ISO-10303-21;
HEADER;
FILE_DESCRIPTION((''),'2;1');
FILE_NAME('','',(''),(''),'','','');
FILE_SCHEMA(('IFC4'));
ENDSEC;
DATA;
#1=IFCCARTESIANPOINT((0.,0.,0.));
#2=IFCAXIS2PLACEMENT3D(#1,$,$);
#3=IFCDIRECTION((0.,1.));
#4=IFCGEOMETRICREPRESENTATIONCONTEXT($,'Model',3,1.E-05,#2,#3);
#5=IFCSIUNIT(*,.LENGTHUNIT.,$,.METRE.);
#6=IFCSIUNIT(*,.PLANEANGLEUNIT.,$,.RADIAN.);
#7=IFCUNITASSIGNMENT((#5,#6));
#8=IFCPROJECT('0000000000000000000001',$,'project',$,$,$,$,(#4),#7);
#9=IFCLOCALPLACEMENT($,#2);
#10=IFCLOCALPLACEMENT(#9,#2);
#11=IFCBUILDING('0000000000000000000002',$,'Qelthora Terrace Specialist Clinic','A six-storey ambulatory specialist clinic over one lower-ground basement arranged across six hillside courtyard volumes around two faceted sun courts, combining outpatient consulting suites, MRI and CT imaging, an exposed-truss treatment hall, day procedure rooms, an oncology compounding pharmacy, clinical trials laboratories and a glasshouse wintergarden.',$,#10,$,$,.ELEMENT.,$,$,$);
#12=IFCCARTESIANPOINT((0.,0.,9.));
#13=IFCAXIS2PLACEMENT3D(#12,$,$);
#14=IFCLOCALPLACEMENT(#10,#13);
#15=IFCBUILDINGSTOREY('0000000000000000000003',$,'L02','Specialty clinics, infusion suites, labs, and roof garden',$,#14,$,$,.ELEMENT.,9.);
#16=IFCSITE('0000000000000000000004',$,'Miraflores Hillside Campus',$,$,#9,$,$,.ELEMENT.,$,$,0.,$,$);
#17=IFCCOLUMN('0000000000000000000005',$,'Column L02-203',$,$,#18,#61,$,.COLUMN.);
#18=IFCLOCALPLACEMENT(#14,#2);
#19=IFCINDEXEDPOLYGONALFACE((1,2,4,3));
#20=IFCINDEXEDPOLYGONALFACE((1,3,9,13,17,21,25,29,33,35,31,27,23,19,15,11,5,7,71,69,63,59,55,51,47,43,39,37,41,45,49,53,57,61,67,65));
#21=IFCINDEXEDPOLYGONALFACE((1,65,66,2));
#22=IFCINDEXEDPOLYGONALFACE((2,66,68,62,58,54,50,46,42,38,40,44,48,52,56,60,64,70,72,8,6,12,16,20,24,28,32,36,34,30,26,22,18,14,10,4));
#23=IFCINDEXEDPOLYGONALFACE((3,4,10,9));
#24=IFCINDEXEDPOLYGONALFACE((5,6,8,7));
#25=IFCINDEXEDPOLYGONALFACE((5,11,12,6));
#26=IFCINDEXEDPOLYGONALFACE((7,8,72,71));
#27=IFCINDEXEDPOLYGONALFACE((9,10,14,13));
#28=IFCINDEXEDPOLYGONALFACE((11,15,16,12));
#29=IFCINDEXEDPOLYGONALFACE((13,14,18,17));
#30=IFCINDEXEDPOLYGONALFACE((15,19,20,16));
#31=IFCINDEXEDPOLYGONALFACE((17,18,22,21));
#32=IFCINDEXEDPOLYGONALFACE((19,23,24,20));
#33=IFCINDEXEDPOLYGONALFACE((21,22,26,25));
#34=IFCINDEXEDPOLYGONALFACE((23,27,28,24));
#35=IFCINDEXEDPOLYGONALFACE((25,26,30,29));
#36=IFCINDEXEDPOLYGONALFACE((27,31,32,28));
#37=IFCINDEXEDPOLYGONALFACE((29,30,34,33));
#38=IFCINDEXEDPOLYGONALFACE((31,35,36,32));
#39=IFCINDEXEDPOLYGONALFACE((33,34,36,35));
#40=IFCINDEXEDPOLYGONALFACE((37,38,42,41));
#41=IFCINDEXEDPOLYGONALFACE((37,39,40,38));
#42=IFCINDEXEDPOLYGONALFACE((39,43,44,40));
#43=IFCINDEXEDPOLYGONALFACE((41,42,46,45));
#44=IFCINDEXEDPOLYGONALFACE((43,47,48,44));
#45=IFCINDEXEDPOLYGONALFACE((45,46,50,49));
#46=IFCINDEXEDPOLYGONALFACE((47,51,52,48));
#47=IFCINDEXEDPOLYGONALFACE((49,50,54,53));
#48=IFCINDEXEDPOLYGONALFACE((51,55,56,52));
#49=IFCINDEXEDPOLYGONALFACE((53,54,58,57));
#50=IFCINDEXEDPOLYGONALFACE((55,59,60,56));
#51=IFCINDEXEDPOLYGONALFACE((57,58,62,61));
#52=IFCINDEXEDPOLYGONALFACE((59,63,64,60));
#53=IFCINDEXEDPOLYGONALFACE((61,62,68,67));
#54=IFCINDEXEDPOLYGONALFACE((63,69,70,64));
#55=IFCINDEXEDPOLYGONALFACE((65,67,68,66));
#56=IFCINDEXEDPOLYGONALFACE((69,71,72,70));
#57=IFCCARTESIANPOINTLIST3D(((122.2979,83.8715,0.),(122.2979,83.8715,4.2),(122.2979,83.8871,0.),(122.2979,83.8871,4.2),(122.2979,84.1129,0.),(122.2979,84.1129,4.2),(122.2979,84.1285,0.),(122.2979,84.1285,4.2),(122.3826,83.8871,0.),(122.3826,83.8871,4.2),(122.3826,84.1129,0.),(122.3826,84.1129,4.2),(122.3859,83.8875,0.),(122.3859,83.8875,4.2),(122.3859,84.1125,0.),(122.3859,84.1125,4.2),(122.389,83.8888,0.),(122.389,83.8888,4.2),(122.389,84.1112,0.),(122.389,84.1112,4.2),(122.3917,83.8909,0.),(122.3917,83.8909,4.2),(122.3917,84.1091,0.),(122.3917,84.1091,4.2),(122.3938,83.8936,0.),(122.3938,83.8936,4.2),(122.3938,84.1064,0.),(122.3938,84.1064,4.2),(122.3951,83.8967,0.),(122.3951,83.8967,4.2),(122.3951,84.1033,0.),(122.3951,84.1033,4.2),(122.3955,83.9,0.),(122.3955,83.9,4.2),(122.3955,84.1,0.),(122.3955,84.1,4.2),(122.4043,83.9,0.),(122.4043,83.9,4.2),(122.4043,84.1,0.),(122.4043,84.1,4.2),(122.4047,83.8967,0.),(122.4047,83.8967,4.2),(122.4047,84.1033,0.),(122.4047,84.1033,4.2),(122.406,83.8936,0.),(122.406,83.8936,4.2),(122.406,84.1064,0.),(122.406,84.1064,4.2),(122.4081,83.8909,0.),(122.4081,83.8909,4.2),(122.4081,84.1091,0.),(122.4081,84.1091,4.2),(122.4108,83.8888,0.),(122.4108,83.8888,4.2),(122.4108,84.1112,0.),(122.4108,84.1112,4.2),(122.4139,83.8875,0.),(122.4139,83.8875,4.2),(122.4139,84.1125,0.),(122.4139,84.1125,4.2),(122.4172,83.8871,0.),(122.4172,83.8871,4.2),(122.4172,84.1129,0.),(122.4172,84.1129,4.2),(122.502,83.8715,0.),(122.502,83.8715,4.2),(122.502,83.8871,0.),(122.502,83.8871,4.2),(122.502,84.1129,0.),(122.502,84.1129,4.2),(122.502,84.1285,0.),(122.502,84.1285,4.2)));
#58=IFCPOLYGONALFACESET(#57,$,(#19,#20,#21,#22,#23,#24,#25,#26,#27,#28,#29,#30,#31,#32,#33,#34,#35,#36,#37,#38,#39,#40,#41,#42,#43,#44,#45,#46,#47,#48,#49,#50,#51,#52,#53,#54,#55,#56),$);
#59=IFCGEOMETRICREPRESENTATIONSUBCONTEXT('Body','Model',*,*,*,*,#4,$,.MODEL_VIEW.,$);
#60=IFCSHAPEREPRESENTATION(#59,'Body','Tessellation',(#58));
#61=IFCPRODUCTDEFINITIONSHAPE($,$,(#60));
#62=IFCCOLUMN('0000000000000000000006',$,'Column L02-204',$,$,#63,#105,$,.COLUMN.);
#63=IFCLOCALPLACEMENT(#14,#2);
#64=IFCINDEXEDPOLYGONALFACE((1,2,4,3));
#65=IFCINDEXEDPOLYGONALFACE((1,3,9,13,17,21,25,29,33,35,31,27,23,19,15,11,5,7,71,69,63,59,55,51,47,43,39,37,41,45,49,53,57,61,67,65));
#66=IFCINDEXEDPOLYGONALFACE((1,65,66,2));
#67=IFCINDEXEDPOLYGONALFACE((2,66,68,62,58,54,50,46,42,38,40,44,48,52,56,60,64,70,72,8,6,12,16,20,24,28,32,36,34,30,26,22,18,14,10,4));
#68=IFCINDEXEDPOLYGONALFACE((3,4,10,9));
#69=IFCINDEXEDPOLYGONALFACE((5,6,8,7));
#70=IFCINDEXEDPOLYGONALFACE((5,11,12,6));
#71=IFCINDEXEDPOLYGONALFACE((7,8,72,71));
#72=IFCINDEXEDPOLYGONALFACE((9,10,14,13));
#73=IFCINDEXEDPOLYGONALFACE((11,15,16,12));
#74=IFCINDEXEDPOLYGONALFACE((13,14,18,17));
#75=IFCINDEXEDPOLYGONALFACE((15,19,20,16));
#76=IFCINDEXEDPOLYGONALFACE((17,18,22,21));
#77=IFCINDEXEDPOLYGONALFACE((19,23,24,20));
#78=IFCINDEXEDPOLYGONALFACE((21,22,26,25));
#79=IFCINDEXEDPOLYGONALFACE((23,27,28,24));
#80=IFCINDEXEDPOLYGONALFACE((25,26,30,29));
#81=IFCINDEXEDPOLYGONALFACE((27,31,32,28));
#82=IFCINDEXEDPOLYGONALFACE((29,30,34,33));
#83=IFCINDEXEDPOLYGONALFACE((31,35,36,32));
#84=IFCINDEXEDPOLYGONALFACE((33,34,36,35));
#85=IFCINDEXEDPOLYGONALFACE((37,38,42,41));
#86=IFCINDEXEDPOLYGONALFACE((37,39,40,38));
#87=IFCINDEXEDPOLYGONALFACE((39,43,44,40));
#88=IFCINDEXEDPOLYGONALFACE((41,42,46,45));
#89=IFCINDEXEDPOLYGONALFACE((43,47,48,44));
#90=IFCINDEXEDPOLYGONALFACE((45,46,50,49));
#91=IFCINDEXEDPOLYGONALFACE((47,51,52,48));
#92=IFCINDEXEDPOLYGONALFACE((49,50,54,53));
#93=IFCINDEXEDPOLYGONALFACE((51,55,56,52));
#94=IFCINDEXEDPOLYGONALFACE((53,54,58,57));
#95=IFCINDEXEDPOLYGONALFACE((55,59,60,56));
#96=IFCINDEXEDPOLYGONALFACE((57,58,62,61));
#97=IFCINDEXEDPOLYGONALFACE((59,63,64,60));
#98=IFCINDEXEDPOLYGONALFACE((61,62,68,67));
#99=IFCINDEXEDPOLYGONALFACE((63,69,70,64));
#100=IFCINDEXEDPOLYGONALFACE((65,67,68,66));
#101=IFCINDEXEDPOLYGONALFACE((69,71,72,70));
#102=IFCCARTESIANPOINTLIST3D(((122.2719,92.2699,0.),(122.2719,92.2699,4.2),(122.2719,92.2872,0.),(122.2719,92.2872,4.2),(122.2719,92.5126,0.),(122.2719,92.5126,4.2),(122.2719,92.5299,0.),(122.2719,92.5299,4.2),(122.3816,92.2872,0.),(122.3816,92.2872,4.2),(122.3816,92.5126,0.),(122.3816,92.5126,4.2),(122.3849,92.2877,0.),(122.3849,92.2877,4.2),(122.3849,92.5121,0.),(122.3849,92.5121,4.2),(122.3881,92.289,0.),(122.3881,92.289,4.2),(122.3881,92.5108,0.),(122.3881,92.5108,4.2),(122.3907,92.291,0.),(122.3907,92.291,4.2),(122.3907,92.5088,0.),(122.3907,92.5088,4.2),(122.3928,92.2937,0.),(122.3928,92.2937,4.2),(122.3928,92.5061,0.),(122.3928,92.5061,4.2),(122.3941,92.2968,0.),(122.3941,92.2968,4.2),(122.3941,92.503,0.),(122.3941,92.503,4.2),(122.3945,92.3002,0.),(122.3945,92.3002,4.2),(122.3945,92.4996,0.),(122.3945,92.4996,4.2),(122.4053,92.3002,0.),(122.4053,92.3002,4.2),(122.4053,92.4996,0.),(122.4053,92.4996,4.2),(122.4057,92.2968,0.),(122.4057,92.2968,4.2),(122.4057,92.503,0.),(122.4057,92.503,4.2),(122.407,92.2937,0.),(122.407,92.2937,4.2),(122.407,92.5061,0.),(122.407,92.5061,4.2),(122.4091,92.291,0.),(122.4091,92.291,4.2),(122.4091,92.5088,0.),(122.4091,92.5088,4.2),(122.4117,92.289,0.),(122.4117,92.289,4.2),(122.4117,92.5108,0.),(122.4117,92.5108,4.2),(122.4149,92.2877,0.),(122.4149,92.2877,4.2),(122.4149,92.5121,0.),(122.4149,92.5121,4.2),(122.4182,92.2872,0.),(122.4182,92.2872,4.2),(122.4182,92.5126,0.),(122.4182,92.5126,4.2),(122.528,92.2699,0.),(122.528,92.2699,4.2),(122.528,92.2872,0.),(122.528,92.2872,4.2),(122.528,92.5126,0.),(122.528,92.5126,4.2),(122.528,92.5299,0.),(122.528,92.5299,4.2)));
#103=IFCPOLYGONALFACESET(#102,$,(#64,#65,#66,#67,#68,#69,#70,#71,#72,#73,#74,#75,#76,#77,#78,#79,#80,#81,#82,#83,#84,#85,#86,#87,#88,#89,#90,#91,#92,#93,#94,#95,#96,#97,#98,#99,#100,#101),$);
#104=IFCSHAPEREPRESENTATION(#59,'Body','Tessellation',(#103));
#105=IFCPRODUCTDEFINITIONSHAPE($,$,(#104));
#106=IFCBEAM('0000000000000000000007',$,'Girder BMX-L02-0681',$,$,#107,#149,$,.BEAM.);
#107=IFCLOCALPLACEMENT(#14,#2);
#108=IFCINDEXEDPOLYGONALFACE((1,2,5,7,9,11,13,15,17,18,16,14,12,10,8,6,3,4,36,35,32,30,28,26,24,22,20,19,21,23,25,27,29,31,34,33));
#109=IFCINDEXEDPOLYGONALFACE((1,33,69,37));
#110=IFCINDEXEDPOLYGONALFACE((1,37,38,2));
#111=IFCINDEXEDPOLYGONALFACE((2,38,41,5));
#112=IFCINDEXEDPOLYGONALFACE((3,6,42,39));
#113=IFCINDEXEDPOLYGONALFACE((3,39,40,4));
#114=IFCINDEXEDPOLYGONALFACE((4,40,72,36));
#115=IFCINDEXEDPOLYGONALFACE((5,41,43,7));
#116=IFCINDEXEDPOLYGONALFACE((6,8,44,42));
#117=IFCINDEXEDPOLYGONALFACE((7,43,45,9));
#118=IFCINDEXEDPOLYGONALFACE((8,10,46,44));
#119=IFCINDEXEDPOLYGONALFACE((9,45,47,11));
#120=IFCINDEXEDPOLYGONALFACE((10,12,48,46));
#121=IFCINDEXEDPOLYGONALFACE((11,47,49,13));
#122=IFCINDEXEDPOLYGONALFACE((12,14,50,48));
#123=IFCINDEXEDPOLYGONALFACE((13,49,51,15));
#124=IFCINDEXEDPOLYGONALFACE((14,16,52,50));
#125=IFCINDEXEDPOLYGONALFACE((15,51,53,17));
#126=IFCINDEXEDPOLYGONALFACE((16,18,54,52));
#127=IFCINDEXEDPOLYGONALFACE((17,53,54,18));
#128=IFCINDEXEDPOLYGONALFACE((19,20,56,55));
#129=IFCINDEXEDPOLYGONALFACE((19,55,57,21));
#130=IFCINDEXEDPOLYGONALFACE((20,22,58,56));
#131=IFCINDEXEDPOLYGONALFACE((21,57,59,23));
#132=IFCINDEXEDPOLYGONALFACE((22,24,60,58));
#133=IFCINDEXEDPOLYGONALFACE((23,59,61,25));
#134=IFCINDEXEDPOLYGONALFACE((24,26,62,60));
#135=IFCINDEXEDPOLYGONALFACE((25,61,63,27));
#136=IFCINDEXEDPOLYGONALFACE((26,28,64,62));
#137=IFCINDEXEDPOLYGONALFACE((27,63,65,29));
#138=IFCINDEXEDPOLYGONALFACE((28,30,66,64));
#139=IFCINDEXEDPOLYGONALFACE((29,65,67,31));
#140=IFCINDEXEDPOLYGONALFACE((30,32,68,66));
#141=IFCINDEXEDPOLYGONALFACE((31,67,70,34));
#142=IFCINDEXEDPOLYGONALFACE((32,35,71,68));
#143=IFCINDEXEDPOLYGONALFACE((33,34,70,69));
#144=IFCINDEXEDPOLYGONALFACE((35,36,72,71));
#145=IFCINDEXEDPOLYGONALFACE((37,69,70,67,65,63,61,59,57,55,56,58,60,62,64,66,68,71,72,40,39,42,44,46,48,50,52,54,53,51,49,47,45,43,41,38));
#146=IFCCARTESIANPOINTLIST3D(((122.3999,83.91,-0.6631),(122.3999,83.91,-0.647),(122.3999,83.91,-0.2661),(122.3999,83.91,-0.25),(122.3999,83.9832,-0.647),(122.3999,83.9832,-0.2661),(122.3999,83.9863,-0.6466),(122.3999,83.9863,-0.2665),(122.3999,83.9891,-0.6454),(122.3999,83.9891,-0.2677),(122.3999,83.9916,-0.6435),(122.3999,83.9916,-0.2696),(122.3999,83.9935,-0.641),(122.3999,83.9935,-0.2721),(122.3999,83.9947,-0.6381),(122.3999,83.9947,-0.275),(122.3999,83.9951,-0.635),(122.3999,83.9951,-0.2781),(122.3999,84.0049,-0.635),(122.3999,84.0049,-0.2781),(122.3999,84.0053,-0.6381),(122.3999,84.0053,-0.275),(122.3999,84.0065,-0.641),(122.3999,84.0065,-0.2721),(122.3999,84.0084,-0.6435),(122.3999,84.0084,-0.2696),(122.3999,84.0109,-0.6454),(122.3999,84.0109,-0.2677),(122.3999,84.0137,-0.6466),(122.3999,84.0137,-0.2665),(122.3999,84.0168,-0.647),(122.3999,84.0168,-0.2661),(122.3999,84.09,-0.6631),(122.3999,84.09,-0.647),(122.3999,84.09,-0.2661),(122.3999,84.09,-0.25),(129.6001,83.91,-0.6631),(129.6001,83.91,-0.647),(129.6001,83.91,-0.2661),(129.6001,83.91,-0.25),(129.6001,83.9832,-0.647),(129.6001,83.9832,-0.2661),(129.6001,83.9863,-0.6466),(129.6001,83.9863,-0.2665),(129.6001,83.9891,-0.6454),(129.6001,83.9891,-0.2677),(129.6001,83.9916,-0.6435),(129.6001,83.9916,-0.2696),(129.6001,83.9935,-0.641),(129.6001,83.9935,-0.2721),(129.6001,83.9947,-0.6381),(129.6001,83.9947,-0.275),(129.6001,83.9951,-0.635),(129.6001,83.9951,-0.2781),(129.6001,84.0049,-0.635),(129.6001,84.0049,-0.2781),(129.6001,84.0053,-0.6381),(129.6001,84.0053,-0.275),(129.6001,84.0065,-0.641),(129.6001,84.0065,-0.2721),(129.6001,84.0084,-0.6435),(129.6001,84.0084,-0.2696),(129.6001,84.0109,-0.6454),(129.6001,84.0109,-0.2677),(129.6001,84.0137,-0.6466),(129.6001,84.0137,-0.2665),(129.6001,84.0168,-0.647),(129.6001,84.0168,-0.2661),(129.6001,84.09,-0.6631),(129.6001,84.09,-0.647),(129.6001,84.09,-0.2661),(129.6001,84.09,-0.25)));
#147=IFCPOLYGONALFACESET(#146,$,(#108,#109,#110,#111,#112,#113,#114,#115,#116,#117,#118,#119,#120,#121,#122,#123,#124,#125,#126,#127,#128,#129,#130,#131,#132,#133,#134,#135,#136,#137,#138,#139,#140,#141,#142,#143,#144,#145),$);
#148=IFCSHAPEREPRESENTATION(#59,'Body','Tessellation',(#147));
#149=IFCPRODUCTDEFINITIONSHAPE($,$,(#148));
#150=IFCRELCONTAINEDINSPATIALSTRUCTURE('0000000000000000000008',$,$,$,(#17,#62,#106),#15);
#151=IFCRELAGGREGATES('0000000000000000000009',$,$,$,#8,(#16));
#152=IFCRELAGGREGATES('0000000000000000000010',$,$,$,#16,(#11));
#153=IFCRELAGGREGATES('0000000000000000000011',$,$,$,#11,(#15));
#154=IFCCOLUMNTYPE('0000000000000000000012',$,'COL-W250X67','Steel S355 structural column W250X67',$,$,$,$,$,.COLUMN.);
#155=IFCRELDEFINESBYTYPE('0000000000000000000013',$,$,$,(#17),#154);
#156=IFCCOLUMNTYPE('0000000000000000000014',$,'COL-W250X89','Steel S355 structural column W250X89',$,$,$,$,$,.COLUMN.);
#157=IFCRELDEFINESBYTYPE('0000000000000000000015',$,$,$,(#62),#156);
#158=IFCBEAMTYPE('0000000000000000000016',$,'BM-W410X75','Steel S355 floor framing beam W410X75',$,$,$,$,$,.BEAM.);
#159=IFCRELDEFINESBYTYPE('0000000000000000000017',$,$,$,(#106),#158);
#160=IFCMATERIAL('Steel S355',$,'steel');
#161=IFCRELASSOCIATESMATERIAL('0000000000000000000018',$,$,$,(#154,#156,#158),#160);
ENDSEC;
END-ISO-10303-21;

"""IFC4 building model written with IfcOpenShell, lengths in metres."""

from ifc_helpers import new_model, si_unit, direction, frame, origin, origin_2d, place, context, subcontext, project, spatial, i_section, extrude, material, material_profile, profile_set, type_object, element, save


model = new_model("IFC4")

# Units and contexts
model_context = context("Model", 3, precision=1e-05, world=origin(), true_north=direction((0.0, 1.0)))
body_context = subcontext(model_context, "Body", "Model", "MODEL_VIEW")
ifc_project = project(units=[si_unit("LENGTHUNIT", "METRE"), si_unit("PLANEANGLEUNIT", "RADIAN")], contexts=[model_context])

# Site, building, storey
site_placement = place(None, origin())
site = spatial("IfcSite", under=ifc_project, at=site_placement, Name="Miraflores Hillside Campus", CompositionType="ELEMENT", RefElevation=0.0)
building_placement = place(site_placement, origin())
building = spatial("IfcBuilding", under=site, at=building_placement, Name="Qelthora Terrace Specialist Clinic", Description="A six-storey ambulatory specialist clinic over one lower-ground basement arranged across six hillside courtyard volumes around two faceted sun courts, combining outpatient consulting suites, MRI and CT imaging, an exposed-truss treatment hall, day procedure rooms, an oncology compounding pharmacy, clinical trials laboratories and a glasshouse wintergarden.", CompositionType="ELEMENT")
storey_placement = place(building_placement, frame((0.0, 0.0, 9.0)))
storey = spatial("IfcBuildingStorey", under=building, at=storey_placement, Name="L02", Description="Specialty clinics, infusion suites, labs, and roof garden", CompositionType="ELEMENT", Elevation=9.0)

# Columns
ifc_material_1 = material(Name="Steel S355", Category="steel")
ifc_material_profile_1 = material_profile(ifc_material_1, i_section(OverallWidth=0.2041, OverallDepth=0.2571, WebThickness=0.0088, FlangeThickness=0.0156, FilletRadius=0.0129, at=origin_2d()), Name="W250X67")
ifc_profile_set_1 = profile_set([ifc_material_profile_1], Name="Steel S355")
column_type_1 = type_object("IfcColumnType", Name="COL-W250X67", Description="Steel S355 structural column W250X67", PredefinedType="COLUMN", material=ifc_profile_set_1)
column_1_placement = place(storey_placement, frame((122.3999, 84.0, 0.0), z_axis=(0.0, 0.0, 1.0), x_axis=(1.0, 0.0, 0.0)))
element("IfcColumn", 1, at=column_1_placement, inside=storey, type_object=column_type_1, Name="Column L02-203", PredefinedType="COLUMN", context=body_context, shape_type="SweptSolid", body=[
    extrude(i_section(OverallWidth=0.2041, OverallDepth=0.2571, WebThickness=0.0088, FlangeThickness=0.0156, FilletRadius=0.0129, at=origin_2d()), origin(), (0.0, 0.0, 1.0), 4.2),
])
ifc_material_profile_2 = material_profile(ifc_material_1, i_section(OverallWidth=0.2561, OverallDepth=0.26, WebThickness=0.0107, FlangeThickness=0.0173, FilletRadius=0.0129, at=origin_2d()), Name="W250X89")
ifc_profile_set_2 = profile_set([ifc_material_profile_2], Name="Steel S355")
column_type_2 = type_object("IfcColumnType", Name="COL-W250X89", Description="Steel S355 structural column W250X89", PredefinedType="COLUMN", material=ifc_profile_set_2)
column_2_placement = place(storey_placement, frame((122.3999, 92.3999, 0.0), z_axis=(0.0, 0.0, 1.0), x_axis=(1.0, 0.0, 0.0)))
element("IfcColumn", 2, at=column_2_placement, inside=storey, type_object=column_type_2, Name="Column L02-204", PredefinedType="COLUMN", context=body_context, shape_type="SweptSolid", body=[
    extrude(i_section(OverallWidth=0.2561, OverallDepth=0.26, WebThickness=0.0107, FlangeThickness=0.0173, FilletRadius=0.0129, at=origin_2d()), origin(), (0.0, 0.0, 1.0), 4.2),
])

# Beam
ifc_material_profile_3 = material_profile(ifc_material_1, i_section(OverallWidth=0.1799, OverallDepth=0.4131, WebThickness=0.0098, FlangeThickness=0.0161, FilletRadius=0.012, at=origin_2d()), Name="W410X75")
ifc_profile_set_3 = profile_set([ifc_material_profile_3], Name="Steel S355")
beam_type_1 = type_object("IfcBeamType", Name="BM-W410X75", Description="Steel S355 floor framing beam W410X75", PredefinedType="BEAM", material=ifc_profile_set_3)
beam_1_placement = place(storey_placement, frame((122.3999, 84.0, -0.4565), z_axis=(1.0, 0.0, 0.0), x_axis=(0.0, 1.0, 0.0)))
element("IfcBeam", 3, at=beam_1_placement, inside=storey, type_object=beam_type_1, Name="Girder BMX-L02-0681", PredefinedType="BEAM", context=body_context, shape_type="SweptSolid", body=[
    extrude(i_section(OverallWidth=0.1799, OverallDepth=0.4131, WebThickness=0.0098, FlangeThickness=0.0161, FilletRadius=0.012, at=origin_2d()), origin(), (0.0, 0.0, 1.0), 7.2002),
])

save(model, "model.ifc")
